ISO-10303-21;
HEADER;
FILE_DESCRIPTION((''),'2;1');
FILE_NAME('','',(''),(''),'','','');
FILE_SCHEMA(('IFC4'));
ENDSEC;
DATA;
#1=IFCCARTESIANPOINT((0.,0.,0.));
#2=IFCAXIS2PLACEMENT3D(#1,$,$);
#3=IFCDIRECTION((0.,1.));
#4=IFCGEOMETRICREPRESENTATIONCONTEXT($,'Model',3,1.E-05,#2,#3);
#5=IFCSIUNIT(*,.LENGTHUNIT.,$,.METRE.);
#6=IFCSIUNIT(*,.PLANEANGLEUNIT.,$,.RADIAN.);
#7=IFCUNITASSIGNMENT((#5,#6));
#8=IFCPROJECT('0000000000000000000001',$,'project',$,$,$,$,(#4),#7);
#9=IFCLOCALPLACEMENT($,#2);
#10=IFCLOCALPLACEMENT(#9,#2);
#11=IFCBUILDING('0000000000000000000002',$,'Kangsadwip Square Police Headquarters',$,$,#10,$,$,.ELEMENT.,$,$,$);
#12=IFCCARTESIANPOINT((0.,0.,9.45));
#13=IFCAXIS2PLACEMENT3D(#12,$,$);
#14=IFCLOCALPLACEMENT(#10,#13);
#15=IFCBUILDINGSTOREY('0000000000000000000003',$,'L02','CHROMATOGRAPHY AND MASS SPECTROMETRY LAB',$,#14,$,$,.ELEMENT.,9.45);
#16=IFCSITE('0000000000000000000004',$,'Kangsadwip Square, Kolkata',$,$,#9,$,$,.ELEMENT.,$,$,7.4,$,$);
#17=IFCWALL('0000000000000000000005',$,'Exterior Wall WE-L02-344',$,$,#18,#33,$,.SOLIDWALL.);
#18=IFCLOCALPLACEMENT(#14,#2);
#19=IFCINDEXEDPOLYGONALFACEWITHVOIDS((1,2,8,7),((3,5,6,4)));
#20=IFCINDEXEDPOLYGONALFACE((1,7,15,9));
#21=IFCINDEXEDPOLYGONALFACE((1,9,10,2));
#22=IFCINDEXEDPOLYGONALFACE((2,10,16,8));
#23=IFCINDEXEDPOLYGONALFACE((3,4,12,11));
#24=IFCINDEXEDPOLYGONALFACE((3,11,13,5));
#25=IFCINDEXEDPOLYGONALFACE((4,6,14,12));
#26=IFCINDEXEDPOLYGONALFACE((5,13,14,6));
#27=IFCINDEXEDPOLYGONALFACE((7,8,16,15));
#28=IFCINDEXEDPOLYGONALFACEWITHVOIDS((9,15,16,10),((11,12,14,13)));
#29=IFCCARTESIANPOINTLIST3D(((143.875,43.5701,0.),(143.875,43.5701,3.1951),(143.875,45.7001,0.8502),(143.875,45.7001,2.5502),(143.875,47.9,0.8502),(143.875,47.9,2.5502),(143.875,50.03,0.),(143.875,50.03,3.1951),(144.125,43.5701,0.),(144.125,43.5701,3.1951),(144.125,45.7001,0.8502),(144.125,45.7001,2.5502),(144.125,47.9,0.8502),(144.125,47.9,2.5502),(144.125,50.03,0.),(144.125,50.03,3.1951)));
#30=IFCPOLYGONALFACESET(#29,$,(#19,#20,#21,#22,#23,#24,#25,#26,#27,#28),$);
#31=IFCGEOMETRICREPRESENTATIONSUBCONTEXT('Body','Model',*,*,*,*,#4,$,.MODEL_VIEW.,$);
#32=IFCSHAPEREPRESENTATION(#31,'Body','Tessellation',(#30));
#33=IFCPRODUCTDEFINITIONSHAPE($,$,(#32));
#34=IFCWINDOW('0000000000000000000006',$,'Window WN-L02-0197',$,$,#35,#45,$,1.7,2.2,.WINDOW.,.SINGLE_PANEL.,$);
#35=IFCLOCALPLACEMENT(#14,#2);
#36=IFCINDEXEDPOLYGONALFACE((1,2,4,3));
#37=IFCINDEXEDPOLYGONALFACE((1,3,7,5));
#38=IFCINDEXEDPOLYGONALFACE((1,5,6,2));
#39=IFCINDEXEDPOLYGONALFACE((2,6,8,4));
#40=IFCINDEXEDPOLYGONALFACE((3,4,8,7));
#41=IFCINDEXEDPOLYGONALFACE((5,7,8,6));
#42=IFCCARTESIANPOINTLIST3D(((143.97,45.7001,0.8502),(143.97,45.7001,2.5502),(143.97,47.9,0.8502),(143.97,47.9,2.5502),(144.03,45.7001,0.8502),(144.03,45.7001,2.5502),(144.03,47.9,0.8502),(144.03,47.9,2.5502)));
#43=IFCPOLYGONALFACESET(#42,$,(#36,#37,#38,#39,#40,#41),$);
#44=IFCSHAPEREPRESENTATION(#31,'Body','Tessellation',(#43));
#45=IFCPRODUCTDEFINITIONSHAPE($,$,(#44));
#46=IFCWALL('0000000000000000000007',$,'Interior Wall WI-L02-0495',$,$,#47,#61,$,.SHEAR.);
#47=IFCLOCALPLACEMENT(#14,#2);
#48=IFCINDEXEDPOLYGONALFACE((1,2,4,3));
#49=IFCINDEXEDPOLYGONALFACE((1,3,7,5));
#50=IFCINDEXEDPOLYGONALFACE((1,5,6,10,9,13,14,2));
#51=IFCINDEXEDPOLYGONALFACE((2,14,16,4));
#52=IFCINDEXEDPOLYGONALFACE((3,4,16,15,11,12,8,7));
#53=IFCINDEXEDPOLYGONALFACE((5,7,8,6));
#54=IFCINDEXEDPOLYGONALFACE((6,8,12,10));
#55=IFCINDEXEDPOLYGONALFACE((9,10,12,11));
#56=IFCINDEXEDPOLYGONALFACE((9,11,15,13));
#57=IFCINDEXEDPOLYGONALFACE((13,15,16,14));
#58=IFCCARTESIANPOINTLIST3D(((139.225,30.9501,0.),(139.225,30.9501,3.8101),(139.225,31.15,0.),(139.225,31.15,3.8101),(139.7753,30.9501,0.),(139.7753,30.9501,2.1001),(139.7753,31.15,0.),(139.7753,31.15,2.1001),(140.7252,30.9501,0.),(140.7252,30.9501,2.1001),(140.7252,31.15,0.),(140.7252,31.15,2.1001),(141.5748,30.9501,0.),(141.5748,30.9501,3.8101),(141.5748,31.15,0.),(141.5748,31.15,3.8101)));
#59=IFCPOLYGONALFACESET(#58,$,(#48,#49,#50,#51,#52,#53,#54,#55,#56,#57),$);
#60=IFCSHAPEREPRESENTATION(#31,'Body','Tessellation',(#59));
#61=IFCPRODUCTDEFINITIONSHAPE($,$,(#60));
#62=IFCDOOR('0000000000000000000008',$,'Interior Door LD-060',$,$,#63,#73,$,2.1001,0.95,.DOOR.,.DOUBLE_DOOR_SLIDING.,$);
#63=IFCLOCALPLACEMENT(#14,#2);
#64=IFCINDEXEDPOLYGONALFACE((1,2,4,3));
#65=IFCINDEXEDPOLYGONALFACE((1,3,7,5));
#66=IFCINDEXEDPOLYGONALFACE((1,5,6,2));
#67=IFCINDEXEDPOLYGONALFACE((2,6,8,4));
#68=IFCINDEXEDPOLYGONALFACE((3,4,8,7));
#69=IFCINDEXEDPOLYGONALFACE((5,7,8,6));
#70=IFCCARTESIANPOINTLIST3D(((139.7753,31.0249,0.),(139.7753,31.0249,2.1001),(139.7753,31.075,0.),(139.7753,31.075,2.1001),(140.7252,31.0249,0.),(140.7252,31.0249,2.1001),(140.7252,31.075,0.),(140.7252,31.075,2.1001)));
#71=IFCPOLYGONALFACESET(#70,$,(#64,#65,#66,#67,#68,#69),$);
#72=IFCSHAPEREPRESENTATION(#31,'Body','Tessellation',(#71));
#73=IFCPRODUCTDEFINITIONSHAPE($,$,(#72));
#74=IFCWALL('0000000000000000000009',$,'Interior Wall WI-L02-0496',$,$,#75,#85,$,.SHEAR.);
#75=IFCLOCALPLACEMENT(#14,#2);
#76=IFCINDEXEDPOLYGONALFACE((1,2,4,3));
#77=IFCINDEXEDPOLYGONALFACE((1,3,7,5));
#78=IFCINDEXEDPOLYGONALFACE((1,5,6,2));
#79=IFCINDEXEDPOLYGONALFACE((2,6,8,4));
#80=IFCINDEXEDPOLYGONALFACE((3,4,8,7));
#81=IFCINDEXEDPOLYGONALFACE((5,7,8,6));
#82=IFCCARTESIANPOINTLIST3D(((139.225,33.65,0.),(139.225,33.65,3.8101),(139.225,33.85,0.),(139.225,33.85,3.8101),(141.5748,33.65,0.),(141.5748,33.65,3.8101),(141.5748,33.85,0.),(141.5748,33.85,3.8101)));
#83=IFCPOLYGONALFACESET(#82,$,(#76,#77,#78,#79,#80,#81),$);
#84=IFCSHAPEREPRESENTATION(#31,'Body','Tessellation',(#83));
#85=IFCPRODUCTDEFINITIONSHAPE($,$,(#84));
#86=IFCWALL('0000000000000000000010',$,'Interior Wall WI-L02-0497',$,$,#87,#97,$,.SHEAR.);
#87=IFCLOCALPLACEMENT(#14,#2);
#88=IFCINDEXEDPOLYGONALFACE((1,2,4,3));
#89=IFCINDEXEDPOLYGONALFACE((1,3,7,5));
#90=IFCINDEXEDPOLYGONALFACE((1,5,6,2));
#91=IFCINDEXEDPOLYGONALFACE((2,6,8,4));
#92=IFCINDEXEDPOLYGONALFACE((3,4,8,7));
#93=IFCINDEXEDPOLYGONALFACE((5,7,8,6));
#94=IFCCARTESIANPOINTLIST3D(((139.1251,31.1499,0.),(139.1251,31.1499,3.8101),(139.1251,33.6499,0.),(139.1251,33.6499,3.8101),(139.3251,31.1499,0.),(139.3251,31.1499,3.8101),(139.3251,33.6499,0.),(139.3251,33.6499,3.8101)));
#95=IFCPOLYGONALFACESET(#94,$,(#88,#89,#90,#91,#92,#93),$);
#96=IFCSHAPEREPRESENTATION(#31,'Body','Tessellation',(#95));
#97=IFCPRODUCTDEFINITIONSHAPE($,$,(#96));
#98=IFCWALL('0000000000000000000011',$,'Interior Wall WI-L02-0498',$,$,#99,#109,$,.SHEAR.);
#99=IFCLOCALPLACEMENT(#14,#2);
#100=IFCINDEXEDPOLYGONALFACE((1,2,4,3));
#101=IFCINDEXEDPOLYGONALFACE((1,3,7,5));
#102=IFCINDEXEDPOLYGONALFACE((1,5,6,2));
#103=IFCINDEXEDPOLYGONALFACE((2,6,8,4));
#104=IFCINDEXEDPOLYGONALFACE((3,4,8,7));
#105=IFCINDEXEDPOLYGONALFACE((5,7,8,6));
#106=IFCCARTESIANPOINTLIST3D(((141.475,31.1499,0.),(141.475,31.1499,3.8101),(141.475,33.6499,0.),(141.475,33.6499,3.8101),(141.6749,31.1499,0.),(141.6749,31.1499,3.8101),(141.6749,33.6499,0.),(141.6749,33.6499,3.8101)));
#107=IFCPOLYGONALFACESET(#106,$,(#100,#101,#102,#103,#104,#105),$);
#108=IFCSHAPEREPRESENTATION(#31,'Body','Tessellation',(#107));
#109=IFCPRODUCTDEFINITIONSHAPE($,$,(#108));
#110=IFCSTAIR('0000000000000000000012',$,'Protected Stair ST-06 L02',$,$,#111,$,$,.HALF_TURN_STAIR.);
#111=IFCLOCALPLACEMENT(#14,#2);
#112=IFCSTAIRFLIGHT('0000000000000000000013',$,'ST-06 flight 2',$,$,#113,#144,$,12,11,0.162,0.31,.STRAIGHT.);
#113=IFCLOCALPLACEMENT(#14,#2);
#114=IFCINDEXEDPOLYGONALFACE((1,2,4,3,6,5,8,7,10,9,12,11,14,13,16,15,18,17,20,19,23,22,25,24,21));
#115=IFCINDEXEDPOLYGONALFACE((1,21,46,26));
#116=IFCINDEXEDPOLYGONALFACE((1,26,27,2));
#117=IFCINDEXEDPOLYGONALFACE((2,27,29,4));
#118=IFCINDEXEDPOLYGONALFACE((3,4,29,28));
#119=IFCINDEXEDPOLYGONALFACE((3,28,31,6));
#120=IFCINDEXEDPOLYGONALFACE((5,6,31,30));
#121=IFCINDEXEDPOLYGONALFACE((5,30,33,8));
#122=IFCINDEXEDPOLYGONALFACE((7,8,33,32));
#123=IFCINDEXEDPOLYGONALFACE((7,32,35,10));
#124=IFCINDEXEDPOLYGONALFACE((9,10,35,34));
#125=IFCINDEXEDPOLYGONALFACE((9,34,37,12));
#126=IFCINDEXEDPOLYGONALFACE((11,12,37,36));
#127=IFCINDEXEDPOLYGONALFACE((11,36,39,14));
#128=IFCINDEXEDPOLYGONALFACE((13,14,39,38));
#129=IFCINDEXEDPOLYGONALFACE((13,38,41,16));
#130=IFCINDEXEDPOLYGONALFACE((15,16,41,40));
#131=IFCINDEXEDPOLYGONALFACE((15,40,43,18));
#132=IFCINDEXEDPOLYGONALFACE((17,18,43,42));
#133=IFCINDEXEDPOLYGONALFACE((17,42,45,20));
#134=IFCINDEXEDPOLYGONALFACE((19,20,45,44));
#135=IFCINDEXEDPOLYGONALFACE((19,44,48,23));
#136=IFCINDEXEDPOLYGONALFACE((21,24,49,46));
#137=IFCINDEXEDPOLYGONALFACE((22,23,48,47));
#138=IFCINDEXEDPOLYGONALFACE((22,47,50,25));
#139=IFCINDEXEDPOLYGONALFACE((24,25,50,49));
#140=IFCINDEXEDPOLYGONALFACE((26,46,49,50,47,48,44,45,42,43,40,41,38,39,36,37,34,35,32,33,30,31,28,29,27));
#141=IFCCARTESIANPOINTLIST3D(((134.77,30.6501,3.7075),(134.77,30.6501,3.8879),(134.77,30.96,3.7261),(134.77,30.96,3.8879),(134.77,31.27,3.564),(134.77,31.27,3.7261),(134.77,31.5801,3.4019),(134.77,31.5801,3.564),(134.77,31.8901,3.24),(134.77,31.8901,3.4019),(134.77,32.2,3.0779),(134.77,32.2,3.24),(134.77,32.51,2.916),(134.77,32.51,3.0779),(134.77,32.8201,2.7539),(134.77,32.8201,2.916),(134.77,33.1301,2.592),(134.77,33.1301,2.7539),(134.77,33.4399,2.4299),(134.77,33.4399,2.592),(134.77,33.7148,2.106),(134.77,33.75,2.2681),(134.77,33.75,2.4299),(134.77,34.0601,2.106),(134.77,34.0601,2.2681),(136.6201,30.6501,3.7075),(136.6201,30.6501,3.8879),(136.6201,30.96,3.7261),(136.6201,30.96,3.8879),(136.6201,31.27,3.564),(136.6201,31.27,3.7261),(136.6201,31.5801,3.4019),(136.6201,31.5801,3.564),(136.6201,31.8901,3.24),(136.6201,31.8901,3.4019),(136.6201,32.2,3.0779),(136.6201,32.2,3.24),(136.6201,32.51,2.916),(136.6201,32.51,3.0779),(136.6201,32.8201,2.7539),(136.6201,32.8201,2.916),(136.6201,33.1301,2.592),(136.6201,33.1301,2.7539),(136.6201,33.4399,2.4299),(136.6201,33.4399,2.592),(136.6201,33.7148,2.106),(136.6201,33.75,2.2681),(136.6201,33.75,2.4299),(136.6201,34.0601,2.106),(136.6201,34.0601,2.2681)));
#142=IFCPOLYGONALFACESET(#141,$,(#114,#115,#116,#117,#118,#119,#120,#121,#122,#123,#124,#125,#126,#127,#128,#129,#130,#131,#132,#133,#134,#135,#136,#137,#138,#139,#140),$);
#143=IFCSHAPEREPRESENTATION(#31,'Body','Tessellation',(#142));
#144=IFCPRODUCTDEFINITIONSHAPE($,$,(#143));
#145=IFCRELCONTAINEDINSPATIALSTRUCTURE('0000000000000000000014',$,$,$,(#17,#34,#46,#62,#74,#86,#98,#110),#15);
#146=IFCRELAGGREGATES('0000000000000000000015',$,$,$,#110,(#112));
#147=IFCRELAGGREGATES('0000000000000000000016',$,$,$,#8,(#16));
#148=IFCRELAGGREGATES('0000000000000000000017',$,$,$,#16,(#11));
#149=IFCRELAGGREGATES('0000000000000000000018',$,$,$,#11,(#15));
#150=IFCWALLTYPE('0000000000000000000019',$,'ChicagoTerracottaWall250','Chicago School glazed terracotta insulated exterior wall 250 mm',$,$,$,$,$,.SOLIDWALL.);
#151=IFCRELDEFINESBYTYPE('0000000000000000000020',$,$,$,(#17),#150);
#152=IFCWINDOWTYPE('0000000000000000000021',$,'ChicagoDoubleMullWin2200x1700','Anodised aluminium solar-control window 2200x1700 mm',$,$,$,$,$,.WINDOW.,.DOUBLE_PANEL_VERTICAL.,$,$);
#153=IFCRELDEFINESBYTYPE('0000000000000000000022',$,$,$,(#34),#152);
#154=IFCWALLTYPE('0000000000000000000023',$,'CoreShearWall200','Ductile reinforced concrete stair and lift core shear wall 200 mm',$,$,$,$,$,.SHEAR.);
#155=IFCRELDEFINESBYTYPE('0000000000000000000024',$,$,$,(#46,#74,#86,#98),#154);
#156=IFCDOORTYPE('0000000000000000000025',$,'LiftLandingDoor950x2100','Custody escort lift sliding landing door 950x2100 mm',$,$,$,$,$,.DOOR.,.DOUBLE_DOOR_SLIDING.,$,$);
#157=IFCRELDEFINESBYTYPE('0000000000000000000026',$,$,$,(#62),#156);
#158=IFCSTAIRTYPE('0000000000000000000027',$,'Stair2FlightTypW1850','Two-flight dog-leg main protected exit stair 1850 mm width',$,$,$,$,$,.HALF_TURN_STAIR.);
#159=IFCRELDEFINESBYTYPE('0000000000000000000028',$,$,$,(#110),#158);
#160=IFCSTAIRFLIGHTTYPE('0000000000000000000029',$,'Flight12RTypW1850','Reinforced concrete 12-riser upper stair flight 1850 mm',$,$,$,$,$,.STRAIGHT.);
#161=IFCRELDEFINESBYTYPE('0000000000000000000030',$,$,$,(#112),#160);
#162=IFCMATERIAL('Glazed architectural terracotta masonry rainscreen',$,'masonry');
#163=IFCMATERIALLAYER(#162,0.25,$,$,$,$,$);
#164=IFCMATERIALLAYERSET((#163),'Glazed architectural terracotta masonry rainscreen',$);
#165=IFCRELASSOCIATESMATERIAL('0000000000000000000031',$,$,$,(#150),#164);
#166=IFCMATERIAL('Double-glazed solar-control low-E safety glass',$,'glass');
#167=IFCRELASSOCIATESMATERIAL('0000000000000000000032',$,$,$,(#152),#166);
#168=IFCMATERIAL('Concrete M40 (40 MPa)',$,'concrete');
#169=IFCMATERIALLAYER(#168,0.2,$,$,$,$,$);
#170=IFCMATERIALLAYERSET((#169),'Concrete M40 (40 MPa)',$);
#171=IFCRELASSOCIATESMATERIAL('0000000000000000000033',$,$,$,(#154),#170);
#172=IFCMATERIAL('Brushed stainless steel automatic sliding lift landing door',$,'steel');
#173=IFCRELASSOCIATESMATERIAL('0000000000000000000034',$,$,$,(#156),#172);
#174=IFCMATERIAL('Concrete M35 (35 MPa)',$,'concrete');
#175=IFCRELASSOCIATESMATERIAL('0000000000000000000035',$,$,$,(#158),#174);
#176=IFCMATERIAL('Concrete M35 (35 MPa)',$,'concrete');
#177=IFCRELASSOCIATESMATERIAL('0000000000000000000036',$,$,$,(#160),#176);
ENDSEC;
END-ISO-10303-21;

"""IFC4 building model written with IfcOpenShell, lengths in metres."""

from ifc_helpers import new_model, si_unit, direction, frame, frame_2d, origin, place, context, subcontext, project, spatial, polyline, rectangle, outline, extrude, material, layer, layer_set, type_object, element, fill, aggregate, save


model = new_model("IFC4")

# Units and contexts
model_context = context("Model", 3, precision=1e-05, world=origin(), true_north=direction((0.0, 1.0)))
body_context = subcontext(model_context, "Body", "Model", "MODEL_VIEW")
ifc_project = project(units=[si_unit("LENGTHUNIT", "METRE"), si_unit("PLANEANGLEUNIT", "RADIAN")], contexts=[model_context])

# Site, building, storey
site_placement = place(None, origin())
site = spatial("IfcSite", under=ifc_project, at=site_placement, Name="Kangsadwip Square, Kolkata", CompositionType="ELEMENT", RefElevation=7.4)
building_placement = place(site_placement, origin())
building = spatial("IfcBuilding", under=site, at=building_placement, Name="Kangsadwip Square Police Headquarters", CompositionType="ELEMENT")
storey_placement = place(building_placement, frame((0.0, 0.0, 9.45)))
storey = spatial("IfcBuildingStorey", under=building, at=storey_placement, Name="L02", Description="CHROMATOGRAPHY AND MASS SPECTROMETRY LAB", CompositionType="ELEMENT", Elevation=9.45)

# Wall, opening, window
ifc_material_1 = material(Name="Glazed architectural terracotta masonry rainscreen", Category="masonry")
ifc_layer_1 = layer(ifc_material_1, 0.25)
ifc_layer_set_1 = layer_set([ifc_layer_1], Name="Glazed architectural terracotta masonry rainscreen")
wall_type_1 = type_object("IfcWallType", Name="ChicagoTerracottaWall250", Description="Chicago School glazed terracotta insulated exterior wall 250 mm", PredefinedType="SOLIDWALL", material=ifc_layer_set_1)
wall_1_placement = place(storey_placement, frame((144.0, 43.5701, 0.0), z_axis=(0.0, 0.0, 1.0), x_axis=(0.0, 1.0, 0.0)))
wall_1 = element("IfcWall", 1, at=wall_1_placement, inside=storey, type_object=wall_type_1, Name="Exterior Wall WE-L02-344", PredefinedType="SOLIDWALL", context=body_context, shape_type="SweptSolid", body=[
    extrude(rectangle(XDim=6.46, YDim=0.25, at=frame_2d((3.23, 0.0))), origin(), (0.0, 0.0, 1.0), 3.1951),
])
opening_1_placement = place(wall_1_placement, frame((2.1299, 0.0, 0.8501)))
opening_1 = element("IfcOpeningElement", 2, at=opening_1_placement, cuts=wall_1, PredefinedType="OPENING", context=body_context, shape_type="SweptSolid", body=[
    extrude(rectangle(XDim=2.2, YDim=1.7, at=frame_2d((1.1001, 0.8501))), frame((0.0, 0.135, 0.0), z_axis=(0.0, -1.0, 0.0), x_axis=(1.0, 0.0, 0.0)), (0.0, 0.0, 1.0), 0.27),
])
ifc_material_2 = material(Name="Double-glazed solar-control low-E safety glass", Category="glass")
window_type_1 = type_object("IfcWindowType", Name="ChicagoDoubleMullWin2200x1700", Description="Anodised aluminium solar-control window 2200x1700 mm", PartitioningType="DOUBLE_PANEL_VERTICAL", PredefinedType="WINDOW", material=ifc_material_2)
window_1_placement = place(opening_1_placement, origin())
window_1 = element("IfcWindow", 3, at=window_1_placement, inside=storey, type_object=window_type_1, Name="Window WN-L02-0197", OverallHeight=1.7, OverallWidth=2.2, PartitioningType="SINGLE_PANEL", PredefinedType="WINDOW", context=body_context, shape_type="SweptSolid", body=[
    extrude(rectangle(XDim=2.2, YDim=1.7, at=frame_2d((1.1001, 0.8501))), frame((0.0, 0.03, 0.0), z_axis=(0.0, -1.0, 0.0), x_axis=(1.0, 0.0, 0.0)), (0.0, 0.0, 1.0), 0.0601),
])
fill(opening_1, window_1)

# Wall, opening, door
ifc_material_3 = material(Name="Concrete M40 (40 MPa)", Category="concrete")
ifc_layer_2 = layer(ifc_material_3, 0.2)
ifc_layer_set_2 = layer_set([ifc_layer_2], Name="Concrete M40 (40 MPa)")
wall_type_2 = type_object("IfcWallType", Name="CoreShearWall200", Description="Ductile reinforced concrete stair and lift core shear wall 200 mm", PredefinedType="SHEAR", material=ifc_layer_set_2)
wall_2_placement = place(storey_placement, frame((139.2251, 31.05, 0.0), z_axis=(0.0, 0.0, 1.0), x_axis=(1.0, 0.0, 0.0)))
wall_2 = element("IfcWall", 4, at=wall_2_placement, inside=storey, type_object=wall_type_2, Name="Interior Wall WI-L02-0495", PredefinedType="SHEAR", context=body_context, shape_type="SweptSolid", body=[
    extrude(rectangle(XDim=2.3499, YDim=0.2, at=frame_2d((1.1748, 0.0))), origin(), (0.0, 0.0, 1.0), 3.8101),
])
opening_2_placement = place(wall_2_placement, frame((0.55, 0.0, 0.0)))
opening_2 = element("IfcOpeningElement", 5, at=opening_2_placement, cuts=wall_2, PredefinedType="OPENING", context=body_context, shape_type="SweptSolid", body=[
    extrude(rectangle(XDim=0.95, YDim=2.1001, at=frame_2d((0.4751, 1.05))), frame((0.0, 0.1099, 0.0), z_axis=(0.0, -1.0, 0.0), x_axis=(1.0, 0.0, 0.0)), (0.0, 0.0, 1.0), 0.22),
])
ifc_material_4 = material(Name="Brushed stainless steel automatic sliding lift landing door", Category="steel")
door_type = type_object("IfcDoorType", Name="LiftLandingDoor950x2100", Description="Custody escort lift sliding landing door 950x2100 mm", OperationType="DOUBLE_DOOR_SLIDING", PredefinedType="DOOR", material=ifc_material_4)
door_placement = place(opening_2_placement, origin())
door = element("IfcDoor", 6, at=door_placement, inside=storey, type_object=door_type, Name="Interior Door LD-060", OperationType="DOUBLE_DOOR_SLIDING", OverallHeight=2.1001, OverallWidth=0.95, PredefinedType="DOOR", context=body_context, shape_type="SweptSolid", body=[
    extrude(rectangle(XDim=0.95, YDim=2.1001, at=frame_2d((0.4751, 1.05))), frame((0.0, 0.0249, 0.0), z_axis=(0.0, -1.0, 0.0), x_axis=(1.0, 0.0, 0.0)), (0.0, 0.0, 1.0), 0.05),
])
fill(opening_2, door)

# Walls
wall_3_placement = place(storey_placement, frame((139.2251, 33.75, 0.0), z_axis=(0.0, 0.0, 1.0), x_axis=(1.0, 0.0, 0.0)))
element("IfcWall", 7, at=wall_3_placement, inside=storey, type_object=wall_type_2, Name="Interior Wall WI-L02-0496", PredefinedType="SHEAR", context=body_context, shape_type="SweptSolid", body=[
    extrude(rectangle(XDim=2.3499, YDim=0.2, at=frame_2d((1.1748, 0.0))), origin(), (0.0, 0.0, 1.0), 3.8101),
])
for number, where, z_axis, x_axis, name in (
    (8, (139.2251, 31.1499, 0.0), (0.0, 0.0, 1.0), (0.0, 1.0, 0.0), "Interior Wall WI-L02-0497"),
    (9, (141.575, 31.1499, 0.0), (0.0, 0.0, 1.0), (0.0, 1.0, 0.0), "Interior Wall WI-L02-0498"),
):
    element("IfcWall", number, at=place(storey_placement, frame(where, z_axis=z_axis, x_axis=x_axis)), inside=storey, type_object=wall_type_2, Name=name, PredefinedType="SHEAR", context=body_context, shape_type="SweptSolid", body=[
        extrude(rectangle(XDim=2.5, YDim=0.2, at=frame_2d((1.25, 0.0))), origin(), (0.0, 0.0, 1.0), 3.8101),
    ])

# Stair, stair flight
ifc_material_5 = material(Name="Concrete M35 (35 MPa)", Category="concrete")
stair_type = type_object("IfcStairType", Name="Stair2FlightTypW1850", Description="Two-flight dog-leg main protected exit stair 1850 mm width", PredefinedType="HALF_TURN_STAIR", material=ifc_material_5)
stair_placement = place(storey_placement, origin())
stair = element("IfcStair", 10, at=stair_placement, inside=storey, type_object=stair_type, Name="Protected Stair ST-06 L02", PredefinedType="HALF_TURN_STAIR")
ifc_material_6 = material(Name="Concrete M35 (35 MPa)", Category="concrete")
stair_flight_type = type_object("IfcStairFlightType", Name="Flight12RTypW1850", Description="Reinforced concrete 12-riser upper stair flight 1850 mm", PredefinedType="STRAIGHT", material=ifc_material_6)
stair_flight_placement = place(storey_placement, frame((135.6951, 34.0601, 2.106), z_axis=(0.0, 0.0, 1.0), x_axis=(0.0, -1.0, 0.0)))
stair_flight = element("IfcStairFlight", 11, at=stair_flight_placement, type_object=stair_flight_type, Name="ST-06 flight 2", NumberOfRisers=12, NumberOfTreads=11, PredefinedType="STRAIGHT", RiserHeight=0.162, TreadLength=0.31, context=body_context, shape_type="SweptSolid", body=[
    extrude(outline(polyline([(0.0, 0.0), (0.0, 0.1621), (0.3101, 0.1621), (0.3101, 0.324), (0.6201, 0.324), (0.6201, 0.4861), (0.9299, 0.4861), (0.9299, 0.6479), (1.24, 0.6479), (1.24, 0.8101), (1.55, 0.8101), (1.55, 0.9719), (1.8601, 0.9719), (1.8601, 1.134), (2.1699, 1.134), (2.1699, 1.2959), (2.48, 1.2959), (2.48, 1.458), (2.79, 1.458), (2.79, 1.6201), (3.1001, 1.6201), (3.1001, 1.782), (3.4099, 1.782), (3.4099, 1.9441), (3.4099, 1.6016), (0.3452, 0.0), (0.0, 0.0)])), frame((0.0, 0.925, 0.0), z_axis=(0.0, -1.0, 0.0), x_axis=(1.0, 0.0, 0.0)), (0.0, 0.0, 1.0), 1.8501),
])
aggregate(stair, [stair_flight])

save(model, "model.ifc")
